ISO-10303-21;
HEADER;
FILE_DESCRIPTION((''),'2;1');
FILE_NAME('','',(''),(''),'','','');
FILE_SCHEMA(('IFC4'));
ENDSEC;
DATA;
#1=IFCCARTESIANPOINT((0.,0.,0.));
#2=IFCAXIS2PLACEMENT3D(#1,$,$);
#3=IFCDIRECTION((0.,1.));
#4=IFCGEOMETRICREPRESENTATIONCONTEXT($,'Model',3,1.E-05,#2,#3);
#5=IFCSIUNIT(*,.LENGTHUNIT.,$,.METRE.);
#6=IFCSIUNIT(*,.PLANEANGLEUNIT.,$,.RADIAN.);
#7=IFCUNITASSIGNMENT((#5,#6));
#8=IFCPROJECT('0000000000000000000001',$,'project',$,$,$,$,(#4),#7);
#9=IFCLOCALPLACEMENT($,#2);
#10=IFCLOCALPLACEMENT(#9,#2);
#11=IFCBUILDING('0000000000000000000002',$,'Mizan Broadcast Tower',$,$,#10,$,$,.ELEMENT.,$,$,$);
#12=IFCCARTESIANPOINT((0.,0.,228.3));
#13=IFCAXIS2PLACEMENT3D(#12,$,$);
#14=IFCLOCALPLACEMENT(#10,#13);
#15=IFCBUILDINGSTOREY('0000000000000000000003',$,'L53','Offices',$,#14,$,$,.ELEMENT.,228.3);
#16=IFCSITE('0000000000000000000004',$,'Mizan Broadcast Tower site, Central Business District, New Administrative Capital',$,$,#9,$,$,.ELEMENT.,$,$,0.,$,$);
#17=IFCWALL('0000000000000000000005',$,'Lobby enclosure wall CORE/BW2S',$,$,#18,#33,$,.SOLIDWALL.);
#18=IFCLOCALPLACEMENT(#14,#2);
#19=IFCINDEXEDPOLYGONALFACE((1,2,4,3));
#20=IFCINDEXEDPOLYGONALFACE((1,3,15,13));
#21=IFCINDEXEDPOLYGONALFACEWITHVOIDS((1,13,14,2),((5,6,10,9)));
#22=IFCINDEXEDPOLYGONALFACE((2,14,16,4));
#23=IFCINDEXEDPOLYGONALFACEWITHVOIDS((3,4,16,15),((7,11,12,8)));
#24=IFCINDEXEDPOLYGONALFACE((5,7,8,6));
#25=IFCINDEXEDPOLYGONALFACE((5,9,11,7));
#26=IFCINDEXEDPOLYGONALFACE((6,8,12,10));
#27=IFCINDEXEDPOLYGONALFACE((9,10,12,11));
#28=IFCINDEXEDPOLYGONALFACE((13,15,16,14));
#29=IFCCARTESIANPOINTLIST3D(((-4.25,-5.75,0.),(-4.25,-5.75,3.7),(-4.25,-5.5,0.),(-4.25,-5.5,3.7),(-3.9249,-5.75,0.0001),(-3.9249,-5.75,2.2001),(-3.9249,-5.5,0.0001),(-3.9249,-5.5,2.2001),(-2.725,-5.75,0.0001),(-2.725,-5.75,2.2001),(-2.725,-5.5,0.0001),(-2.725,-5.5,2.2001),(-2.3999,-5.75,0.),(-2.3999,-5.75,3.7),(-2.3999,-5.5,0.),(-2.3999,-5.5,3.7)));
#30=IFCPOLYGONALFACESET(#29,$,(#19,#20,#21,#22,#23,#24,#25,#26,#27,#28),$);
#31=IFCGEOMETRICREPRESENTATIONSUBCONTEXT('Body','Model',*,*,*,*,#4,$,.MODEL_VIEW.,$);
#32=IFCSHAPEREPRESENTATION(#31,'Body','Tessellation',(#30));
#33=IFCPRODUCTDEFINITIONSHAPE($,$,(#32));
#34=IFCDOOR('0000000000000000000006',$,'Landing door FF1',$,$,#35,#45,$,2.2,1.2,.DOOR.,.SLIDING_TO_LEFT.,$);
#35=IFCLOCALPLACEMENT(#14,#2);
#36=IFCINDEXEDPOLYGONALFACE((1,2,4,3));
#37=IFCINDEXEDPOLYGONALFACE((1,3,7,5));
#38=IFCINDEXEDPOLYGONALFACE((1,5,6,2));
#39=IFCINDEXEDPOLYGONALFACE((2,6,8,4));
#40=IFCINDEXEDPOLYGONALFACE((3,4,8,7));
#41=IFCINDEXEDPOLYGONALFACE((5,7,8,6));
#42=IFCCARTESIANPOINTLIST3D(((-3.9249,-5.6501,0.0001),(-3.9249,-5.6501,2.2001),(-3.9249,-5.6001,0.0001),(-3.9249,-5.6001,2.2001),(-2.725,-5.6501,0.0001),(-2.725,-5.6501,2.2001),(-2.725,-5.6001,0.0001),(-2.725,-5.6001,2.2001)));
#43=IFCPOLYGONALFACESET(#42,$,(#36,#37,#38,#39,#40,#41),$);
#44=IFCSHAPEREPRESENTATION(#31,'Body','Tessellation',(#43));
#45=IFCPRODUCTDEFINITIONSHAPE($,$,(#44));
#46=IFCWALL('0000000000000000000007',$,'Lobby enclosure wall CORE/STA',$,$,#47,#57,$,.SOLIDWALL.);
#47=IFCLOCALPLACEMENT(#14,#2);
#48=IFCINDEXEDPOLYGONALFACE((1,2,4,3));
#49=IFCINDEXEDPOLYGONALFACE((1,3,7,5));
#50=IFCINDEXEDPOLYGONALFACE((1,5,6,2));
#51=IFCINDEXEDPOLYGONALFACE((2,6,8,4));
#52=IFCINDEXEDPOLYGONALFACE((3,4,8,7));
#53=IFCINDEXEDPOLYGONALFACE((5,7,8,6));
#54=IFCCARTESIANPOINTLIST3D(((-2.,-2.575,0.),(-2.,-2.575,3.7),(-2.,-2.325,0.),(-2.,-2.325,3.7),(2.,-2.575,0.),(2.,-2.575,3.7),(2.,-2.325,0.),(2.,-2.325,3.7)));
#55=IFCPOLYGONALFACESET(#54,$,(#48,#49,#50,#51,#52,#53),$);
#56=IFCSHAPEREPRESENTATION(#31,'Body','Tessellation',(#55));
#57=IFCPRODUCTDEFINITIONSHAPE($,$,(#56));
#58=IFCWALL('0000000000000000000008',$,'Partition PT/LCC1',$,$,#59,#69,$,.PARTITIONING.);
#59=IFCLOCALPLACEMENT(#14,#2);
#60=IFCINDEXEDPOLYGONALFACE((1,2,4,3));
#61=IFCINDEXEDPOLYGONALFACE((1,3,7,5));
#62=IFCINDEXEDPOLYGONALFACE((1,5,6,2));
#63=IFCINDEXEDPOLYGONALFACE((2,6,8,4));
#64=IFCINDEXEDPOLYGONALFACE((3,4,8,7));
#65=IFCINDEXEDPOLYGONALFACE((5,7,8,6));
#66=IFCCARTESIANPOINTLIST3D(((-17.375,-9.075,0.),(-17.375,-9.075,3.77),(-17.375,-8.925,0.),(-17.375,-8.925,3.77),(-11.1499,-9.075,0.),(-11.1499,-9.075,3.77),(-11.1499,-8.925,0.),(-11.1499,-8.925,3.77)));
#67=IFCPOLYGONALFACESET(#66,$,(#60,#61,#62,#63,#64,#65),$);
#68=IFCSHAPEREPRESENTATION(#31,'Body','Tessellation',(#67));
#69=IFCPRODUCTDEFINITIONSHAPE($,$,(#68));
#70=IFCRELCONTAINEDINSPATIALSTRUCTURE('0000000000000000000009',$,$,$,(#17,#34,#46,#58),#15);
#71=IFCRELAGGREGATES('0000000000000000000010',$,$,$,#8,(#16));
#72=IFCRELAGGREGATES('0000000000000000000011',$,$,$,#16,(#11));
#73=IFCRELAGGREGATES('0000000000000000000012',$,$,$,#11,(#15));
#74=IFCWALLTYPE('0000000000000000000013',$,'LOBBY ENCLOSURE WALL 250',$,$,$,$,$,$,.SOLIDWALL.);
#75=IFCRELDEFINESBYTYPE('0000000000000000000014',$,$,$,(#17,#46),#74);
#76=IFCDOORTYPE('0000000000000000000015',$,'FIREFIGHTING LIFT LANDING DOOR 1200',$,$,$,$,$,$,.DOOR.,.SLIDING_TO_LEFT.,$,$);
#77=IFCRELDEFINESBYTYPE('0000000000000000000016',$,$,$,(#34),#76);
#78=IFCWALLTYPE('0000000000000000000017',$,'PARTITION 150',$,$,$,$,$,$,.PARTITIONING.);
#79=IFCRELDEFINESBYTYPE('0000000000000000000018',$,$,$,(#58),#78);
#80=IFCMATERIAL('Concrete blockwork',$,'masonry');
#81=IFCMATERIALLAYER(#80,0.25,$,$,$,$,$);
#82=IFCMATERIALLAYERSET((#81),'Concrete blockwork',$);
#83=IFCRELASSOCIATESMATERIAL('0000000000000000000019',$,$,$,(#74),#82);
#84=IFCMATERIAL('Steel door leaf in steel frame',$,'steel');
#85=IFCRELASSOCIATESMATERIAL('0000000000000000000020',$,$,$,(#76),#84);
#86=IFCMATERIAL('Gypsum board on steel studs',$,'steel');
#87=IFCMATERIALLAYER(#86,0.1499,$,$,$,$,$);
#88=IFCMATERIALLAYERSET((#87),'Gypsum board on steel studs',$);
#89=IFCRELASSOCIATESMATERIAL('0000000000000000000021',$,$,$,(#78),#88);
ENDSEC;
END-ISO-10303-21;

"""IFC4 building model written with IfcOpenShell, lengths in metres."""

from ifc_helpers import new_model, si_unit, direction, frame, frame_2d, origin, place, context, subcontext, project, spatial, rectangle, extrude, material, layer, layer_set, type_object, element, fill, save


model = new_model("IFC4")

# Units and contexts
model_context = context("Model", 3, precision=1e-05, world=origin(), true_north=direction((0.0, 1.0)))
body_context = subcontext(model_context, "Body", "Model", "MODEL_VIEW")
ifc_project = project(units=[si_unit("LENGTHUNIT", "METRE"), si_unit("PLANEANGLEUNIT", "RADIAN")], contexts=[model_context])

# Site, building, storey
site_placement = place(None, origin())
site = spatial("IfcSite", under=ifc_project, at=site_placement, Name="Mizan Broadcast Tower site, Central Business District, New Administrative Capital", CompositionType="ELEMENT", RefElevation=0.0)
building_placement = place(site_placement, origin())
building = spatial("IfcBuilding", under=site, at=building_placement, Name="Mizan Broadcast Tower", CompositionType="ELEMENT")
storey_placement = place(building_placement, frame((0.0, 0.0, 228.3)))
storey = spatial("IfcBuildingStorey", under=building, at=storey_placement, Name="L53", Description="Offices", CompositionType="ELEMENT", Elevation=228.3)

# Wall, opening, door
ifc_material_1 = material(Name="Concrete blockwork", Category="masonry")
ifc_layer_1 = layer(ifc_material_1, 0.25)
ifc_layer_set_1 = layer_set([ifc_layer_1], Name="Concrete blockwork")
wall_type_1 = type_object("IfcWallType", Name="LOBBY ENCLOSURE WALL 250", PredefinedType="SOLIDWALL", material=ifc_layer_set_1)
wall_1_placement = place(storey_placement, frame((-4.25, -5.625, 0.0), z_axis=(0.0, 0.0, 1.0), x_axis=(1.0, 0.0, 0.0)))
wall_1 = element("IfcWall", 1, at=wall_1_placement, inside=storey, type_object=wall_type_1, Name="Lobby enclosure wall CORE/BW2S", PredefinedType="SOLIDWALL", context=body_context, shape_type="SweptSolid", body=[
    extrude(rectangle(XDim=1.8501, YDim=0.25, at=frame_2d((0.925, 0.0))), origin(), (0.0, 0.0, 1.0), 3.7),
])
opening_1_placement = place(wall_1_placement, frame((0.325, 0.0, 0.0)))
opening_1 = element("IfcOpeningElement", 2, at=opening_1_placement, cuts=wall_1, PredefinedType="OPENING", context=body_context, shape_type="SweptSolid", body=[
    extrude(rectangle(XDim=1.2, YDim=2.2, at=frame_2d((0.6001, 1.1001))), frame((0.0, 0.135, 0.0), z_axis=(0.0, -1.0, 0.0), x_axis=(1.0, 0.0, 0.0)), (0.0, 0.0, 1.0), 0.27),
])
ifc_material_2 = material(Name="Steel door leaf in steel frame", Category="steel")
door_type_1 = type_object("IfcDoorType", Name="FIREFIGHTING LIFT LANDING DOOR 1200", OperationType="SLIDING_TO_LEFT", PredefinedType="DOOR", material=ifc_material_2)
door_1_placement = place(opening_1_placement, origin())
door_1 = element("IfcDoor", 3, at=door_1_placement, inside=storey, type_object=door_type_1, Name="Landing door FF1", OperationType="SLIDING_TO_LEFT", OverallHeight=2.2, OverallWidth=1.2, PredefinedType="DOOR", context=body_context, shape_type="SweptSolid", body=[
    extrude(rectangle(XDim=1.2, YDim=2.2, at=frame_2d((0.6001, 1.1001))), frame((0.0, 0.0249, 0.0), z_axis=(0.0, -1.0, 0.0), x_axis=(1.0, 0.0, 0.0)), (0.0, 0.0, 1.0), 0.05),
])
fill(opening_1, door_1)

# Walls
wall_2_placement = place(storey_placement, frame((-2.0, -2.45, 0.0), z_axis=(0.0, 0.0, 1.0), x_axis=(1.0, 0.0, 0.0)))
element("IfcWall", 4, at=wall_2_placement, inside=storey, type_object=wall_type_1, Name="Lobby enclosure wall CORE/STA", PredefinedType="SOLIDWALL", context=body_context, shape_type="SweptSolid", body=[
    extrude(rectangle(XDim=4.0, YDim=0.25, at=frame_2d((2.0, 0.0))), origin(), (0.0, 0.0, 1.0), 3.7),
])
ifc_material_3 = material(Name="Gypsum board on steel studs", Category="steel")
ifc_layer_2 = layer(ifc_material_3, 0.1499)
ifc_layer_set_2 = layer_set([ifc_layer_2], Name="Gypsum board on steel studs")
wall_type_2 = type_object("IfcWallType", Name="PARTITION 150", PredefinedType="PARTITIONING", material=ifc_layer_set_2)
wall_3_placement = place(storey_placement, frame((-11.1499, -9.0, 0.0), z_axis=(0.0, 0.0, 1.0), x_axis=(-1.0, 0.0, 0.0)))
element("IfcWall", 5, at=wall_3_placement, inside=storey, type_object=wall_type_2, Name="Partition PT/LCC1", PredefinedType="PARTITIONING", context=body_context, shape_type="SweptSolid", body=[
    extrude(rectangle(XDim=6.2251, YDim=0.1499, at=frame_2d((3.1125, 0.0))), origin(), (0.0, 0.0, 1.0), 3.77),
])

save(model, "model.ifc")
